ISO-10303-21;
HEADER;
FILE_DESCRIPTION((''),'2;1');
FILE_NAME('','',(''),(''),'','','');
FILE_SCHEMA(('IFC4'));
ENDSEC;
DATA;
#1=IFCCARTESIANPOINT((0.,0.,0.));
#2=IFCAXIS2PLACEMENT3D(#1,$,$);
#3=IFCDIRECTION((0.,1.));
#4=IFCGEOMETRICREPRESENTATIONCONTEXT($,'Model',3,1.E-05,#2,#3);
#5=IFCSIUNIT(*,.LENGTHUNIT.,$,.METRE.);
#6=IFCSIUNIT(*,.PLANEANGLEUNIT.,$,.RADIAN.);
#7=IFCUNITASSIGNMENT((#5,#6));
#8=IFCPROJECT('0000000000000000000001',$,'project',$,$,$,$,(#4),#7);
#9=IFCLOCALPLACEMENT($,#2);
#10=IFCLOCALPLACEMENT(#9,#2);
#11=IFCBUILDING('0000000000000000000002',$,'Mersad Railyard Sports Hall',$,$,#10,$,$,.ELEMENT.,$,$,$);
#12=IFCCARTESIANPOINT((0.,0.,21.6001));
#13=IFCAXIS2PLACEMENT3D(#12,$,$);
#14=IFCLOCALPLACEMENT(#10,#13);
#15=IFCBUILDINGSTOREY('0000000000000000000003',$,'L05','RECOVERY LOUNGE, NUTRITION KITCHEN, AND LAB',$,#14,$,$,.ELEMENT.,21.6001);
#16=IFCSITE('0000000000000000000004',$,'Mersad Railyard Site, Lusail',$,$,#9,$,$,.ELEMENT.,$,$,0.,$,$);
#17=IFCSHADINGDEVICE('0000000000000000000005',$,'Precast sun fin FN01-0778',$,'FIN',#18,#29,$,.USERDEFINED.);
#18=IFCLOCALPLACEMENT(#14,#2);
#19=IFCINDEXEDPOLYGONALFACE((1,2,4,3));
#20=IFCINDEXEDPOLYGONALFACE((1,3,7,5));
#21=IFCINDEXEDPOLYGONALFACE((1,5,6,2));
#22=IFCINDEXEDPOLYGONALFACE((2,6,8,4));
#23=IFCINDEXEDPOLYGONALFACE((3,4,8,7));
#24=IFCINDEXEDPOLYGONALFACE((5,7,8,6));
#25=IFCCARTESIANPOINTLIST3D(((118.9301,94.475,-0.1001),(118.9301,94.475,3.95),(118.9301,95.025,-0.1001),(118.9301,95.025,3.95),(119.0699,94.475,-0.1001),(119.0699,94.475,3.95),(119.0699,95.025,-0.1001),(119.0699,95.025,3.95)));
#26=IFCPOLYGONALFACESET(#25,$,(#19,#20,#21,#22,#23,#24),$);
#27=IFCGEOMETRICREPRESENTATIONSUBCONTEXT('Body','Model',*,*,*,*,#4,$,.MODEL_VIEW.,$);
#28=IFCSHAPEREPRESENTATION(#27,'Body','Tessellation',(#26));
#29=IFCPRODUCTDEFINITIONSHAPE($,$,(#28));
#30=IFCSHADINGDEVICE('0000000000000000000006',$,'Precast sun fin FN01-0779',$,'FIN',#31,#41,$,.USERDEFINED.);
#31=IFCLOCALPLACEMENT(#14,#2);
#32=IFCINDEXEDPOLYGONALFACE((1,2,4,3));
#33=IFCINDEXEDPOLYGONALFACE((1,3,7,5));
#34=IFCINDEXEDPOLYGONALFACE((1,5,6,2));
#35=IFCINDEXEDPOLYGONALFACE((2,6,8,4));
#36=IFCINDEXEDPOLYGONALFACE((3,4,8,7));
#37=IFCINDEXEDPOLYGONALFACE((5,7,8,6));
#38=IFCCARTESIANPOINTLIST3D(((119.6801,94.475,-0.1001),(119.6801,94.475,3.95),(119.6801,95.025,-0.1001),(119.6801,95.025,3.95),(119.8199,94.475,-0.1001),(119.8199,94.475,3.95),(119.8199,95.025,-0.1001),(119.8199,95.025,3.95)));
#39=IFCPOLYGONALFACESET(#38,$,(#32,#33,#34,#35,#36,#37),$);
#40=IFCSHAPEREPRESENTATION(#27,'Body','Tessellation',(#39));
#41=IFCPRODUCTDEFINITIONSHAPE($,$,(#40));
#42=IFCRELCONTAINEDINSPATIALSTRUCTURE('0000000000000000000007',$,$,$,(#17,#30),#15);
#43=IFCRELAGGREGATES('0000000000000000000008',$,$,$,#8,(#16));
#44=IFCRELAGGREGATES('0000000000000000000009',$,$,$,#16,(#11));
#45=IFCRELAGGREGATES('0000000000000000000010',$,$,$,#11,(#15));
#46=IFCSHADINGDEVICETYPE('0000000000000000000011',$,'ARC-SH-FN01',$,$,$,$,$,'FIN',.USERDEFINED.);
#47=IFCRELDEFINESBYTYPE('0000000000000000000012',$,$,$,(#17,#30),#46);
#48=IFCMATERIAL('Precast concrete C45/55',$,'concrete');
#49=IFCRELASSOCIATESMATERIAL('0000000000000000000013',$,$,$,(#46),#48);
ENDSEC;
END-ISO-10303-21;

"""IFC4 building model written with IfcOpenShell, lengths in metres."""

from ifc_helpers import new_model, si_unit, direction, frame, origin, origin_2d, place, context, subcontext, project, spatial, rectangle, extrude, material, type_object, element, save


model = new_model("IFC4")

# Units and contexts
model_context = context("Model", 3, precision=1e-05, world=origin(), true_north=direction((0.0, 1.0)))
body_context = subcontext(model_context, "Body", "Model", "MODEL_VIEW")
ifc_project = project(units=[si_unit("LENGTHUNIT", "METRE"), si_unit("PLANEANGLEUNIT", "RADIAN")], contexts=[model_context])

# Site, building, storey
site_placement = place(None, origin())
site = spatial("IfcSite", under=ifc_project, at=site_placement, Name="Mersad Railyard Site, Lusail", CompositionType="ELEMENT", RefElevation=0.0)
building_placement = place(site_placement, origin())
building = spatial("IfcBuilding", under=site, at=building_placement, Name="Mersad Railyard Sports Hall", CompositionType="ELEMENT")
storey_placement = place(building_placement, frame((0.0, 0.0, 21.6001)))
storey = spatial("IfcBuildingStorey", under=building, at=storey_placement, Name="L05", Description="RECOVERY LOUNGE, NUTRITION KITCHEN, AND LAB", CompositionType="ELEMENT", Elevation=21.6001)

# Shading devices
ifc_material_1 = material(Name="Precast concrete C45/55", Category="concrete")
shading_device_type = type_object("IfcShadingDeviceType", Name="ARC-SH-FN01", ElementType="FIN", PredefinedType="USERDEFINED", material=ifc_material_1)
for number, where, z_axis, x_axis, name in (
    (1, (119.0, 94.75, -0.1001), (0.0, 0.0, 1.0), (1.0, 0.0, 0.0), "Precast sun fin FN01-0778"),
    (2, (119.75, 94.75, -0.1001), (0.0, 0.0, 1.0), (1.0, 0.0, 0.0), "Precast sun fin FN01-0779"),
):
    element("IfcShadingDevice", number, at=place(storey_placement, frame(where, z_axis=z_axis, x_axis=x_axis)), inside=storey, type_object=shading_device_type, Name=name, ObjectType="FIN", PredefinedType="USERDEFINED", context=body_context, shape_type="SweptSolid", body=[
        extrude(rectangle(XDim=0.1399, YDim=0.55, at=origin_2d()), origin(), (0.0, 0.0, 1.0), 4.05),
    ])

save(model, "model.ifc")
